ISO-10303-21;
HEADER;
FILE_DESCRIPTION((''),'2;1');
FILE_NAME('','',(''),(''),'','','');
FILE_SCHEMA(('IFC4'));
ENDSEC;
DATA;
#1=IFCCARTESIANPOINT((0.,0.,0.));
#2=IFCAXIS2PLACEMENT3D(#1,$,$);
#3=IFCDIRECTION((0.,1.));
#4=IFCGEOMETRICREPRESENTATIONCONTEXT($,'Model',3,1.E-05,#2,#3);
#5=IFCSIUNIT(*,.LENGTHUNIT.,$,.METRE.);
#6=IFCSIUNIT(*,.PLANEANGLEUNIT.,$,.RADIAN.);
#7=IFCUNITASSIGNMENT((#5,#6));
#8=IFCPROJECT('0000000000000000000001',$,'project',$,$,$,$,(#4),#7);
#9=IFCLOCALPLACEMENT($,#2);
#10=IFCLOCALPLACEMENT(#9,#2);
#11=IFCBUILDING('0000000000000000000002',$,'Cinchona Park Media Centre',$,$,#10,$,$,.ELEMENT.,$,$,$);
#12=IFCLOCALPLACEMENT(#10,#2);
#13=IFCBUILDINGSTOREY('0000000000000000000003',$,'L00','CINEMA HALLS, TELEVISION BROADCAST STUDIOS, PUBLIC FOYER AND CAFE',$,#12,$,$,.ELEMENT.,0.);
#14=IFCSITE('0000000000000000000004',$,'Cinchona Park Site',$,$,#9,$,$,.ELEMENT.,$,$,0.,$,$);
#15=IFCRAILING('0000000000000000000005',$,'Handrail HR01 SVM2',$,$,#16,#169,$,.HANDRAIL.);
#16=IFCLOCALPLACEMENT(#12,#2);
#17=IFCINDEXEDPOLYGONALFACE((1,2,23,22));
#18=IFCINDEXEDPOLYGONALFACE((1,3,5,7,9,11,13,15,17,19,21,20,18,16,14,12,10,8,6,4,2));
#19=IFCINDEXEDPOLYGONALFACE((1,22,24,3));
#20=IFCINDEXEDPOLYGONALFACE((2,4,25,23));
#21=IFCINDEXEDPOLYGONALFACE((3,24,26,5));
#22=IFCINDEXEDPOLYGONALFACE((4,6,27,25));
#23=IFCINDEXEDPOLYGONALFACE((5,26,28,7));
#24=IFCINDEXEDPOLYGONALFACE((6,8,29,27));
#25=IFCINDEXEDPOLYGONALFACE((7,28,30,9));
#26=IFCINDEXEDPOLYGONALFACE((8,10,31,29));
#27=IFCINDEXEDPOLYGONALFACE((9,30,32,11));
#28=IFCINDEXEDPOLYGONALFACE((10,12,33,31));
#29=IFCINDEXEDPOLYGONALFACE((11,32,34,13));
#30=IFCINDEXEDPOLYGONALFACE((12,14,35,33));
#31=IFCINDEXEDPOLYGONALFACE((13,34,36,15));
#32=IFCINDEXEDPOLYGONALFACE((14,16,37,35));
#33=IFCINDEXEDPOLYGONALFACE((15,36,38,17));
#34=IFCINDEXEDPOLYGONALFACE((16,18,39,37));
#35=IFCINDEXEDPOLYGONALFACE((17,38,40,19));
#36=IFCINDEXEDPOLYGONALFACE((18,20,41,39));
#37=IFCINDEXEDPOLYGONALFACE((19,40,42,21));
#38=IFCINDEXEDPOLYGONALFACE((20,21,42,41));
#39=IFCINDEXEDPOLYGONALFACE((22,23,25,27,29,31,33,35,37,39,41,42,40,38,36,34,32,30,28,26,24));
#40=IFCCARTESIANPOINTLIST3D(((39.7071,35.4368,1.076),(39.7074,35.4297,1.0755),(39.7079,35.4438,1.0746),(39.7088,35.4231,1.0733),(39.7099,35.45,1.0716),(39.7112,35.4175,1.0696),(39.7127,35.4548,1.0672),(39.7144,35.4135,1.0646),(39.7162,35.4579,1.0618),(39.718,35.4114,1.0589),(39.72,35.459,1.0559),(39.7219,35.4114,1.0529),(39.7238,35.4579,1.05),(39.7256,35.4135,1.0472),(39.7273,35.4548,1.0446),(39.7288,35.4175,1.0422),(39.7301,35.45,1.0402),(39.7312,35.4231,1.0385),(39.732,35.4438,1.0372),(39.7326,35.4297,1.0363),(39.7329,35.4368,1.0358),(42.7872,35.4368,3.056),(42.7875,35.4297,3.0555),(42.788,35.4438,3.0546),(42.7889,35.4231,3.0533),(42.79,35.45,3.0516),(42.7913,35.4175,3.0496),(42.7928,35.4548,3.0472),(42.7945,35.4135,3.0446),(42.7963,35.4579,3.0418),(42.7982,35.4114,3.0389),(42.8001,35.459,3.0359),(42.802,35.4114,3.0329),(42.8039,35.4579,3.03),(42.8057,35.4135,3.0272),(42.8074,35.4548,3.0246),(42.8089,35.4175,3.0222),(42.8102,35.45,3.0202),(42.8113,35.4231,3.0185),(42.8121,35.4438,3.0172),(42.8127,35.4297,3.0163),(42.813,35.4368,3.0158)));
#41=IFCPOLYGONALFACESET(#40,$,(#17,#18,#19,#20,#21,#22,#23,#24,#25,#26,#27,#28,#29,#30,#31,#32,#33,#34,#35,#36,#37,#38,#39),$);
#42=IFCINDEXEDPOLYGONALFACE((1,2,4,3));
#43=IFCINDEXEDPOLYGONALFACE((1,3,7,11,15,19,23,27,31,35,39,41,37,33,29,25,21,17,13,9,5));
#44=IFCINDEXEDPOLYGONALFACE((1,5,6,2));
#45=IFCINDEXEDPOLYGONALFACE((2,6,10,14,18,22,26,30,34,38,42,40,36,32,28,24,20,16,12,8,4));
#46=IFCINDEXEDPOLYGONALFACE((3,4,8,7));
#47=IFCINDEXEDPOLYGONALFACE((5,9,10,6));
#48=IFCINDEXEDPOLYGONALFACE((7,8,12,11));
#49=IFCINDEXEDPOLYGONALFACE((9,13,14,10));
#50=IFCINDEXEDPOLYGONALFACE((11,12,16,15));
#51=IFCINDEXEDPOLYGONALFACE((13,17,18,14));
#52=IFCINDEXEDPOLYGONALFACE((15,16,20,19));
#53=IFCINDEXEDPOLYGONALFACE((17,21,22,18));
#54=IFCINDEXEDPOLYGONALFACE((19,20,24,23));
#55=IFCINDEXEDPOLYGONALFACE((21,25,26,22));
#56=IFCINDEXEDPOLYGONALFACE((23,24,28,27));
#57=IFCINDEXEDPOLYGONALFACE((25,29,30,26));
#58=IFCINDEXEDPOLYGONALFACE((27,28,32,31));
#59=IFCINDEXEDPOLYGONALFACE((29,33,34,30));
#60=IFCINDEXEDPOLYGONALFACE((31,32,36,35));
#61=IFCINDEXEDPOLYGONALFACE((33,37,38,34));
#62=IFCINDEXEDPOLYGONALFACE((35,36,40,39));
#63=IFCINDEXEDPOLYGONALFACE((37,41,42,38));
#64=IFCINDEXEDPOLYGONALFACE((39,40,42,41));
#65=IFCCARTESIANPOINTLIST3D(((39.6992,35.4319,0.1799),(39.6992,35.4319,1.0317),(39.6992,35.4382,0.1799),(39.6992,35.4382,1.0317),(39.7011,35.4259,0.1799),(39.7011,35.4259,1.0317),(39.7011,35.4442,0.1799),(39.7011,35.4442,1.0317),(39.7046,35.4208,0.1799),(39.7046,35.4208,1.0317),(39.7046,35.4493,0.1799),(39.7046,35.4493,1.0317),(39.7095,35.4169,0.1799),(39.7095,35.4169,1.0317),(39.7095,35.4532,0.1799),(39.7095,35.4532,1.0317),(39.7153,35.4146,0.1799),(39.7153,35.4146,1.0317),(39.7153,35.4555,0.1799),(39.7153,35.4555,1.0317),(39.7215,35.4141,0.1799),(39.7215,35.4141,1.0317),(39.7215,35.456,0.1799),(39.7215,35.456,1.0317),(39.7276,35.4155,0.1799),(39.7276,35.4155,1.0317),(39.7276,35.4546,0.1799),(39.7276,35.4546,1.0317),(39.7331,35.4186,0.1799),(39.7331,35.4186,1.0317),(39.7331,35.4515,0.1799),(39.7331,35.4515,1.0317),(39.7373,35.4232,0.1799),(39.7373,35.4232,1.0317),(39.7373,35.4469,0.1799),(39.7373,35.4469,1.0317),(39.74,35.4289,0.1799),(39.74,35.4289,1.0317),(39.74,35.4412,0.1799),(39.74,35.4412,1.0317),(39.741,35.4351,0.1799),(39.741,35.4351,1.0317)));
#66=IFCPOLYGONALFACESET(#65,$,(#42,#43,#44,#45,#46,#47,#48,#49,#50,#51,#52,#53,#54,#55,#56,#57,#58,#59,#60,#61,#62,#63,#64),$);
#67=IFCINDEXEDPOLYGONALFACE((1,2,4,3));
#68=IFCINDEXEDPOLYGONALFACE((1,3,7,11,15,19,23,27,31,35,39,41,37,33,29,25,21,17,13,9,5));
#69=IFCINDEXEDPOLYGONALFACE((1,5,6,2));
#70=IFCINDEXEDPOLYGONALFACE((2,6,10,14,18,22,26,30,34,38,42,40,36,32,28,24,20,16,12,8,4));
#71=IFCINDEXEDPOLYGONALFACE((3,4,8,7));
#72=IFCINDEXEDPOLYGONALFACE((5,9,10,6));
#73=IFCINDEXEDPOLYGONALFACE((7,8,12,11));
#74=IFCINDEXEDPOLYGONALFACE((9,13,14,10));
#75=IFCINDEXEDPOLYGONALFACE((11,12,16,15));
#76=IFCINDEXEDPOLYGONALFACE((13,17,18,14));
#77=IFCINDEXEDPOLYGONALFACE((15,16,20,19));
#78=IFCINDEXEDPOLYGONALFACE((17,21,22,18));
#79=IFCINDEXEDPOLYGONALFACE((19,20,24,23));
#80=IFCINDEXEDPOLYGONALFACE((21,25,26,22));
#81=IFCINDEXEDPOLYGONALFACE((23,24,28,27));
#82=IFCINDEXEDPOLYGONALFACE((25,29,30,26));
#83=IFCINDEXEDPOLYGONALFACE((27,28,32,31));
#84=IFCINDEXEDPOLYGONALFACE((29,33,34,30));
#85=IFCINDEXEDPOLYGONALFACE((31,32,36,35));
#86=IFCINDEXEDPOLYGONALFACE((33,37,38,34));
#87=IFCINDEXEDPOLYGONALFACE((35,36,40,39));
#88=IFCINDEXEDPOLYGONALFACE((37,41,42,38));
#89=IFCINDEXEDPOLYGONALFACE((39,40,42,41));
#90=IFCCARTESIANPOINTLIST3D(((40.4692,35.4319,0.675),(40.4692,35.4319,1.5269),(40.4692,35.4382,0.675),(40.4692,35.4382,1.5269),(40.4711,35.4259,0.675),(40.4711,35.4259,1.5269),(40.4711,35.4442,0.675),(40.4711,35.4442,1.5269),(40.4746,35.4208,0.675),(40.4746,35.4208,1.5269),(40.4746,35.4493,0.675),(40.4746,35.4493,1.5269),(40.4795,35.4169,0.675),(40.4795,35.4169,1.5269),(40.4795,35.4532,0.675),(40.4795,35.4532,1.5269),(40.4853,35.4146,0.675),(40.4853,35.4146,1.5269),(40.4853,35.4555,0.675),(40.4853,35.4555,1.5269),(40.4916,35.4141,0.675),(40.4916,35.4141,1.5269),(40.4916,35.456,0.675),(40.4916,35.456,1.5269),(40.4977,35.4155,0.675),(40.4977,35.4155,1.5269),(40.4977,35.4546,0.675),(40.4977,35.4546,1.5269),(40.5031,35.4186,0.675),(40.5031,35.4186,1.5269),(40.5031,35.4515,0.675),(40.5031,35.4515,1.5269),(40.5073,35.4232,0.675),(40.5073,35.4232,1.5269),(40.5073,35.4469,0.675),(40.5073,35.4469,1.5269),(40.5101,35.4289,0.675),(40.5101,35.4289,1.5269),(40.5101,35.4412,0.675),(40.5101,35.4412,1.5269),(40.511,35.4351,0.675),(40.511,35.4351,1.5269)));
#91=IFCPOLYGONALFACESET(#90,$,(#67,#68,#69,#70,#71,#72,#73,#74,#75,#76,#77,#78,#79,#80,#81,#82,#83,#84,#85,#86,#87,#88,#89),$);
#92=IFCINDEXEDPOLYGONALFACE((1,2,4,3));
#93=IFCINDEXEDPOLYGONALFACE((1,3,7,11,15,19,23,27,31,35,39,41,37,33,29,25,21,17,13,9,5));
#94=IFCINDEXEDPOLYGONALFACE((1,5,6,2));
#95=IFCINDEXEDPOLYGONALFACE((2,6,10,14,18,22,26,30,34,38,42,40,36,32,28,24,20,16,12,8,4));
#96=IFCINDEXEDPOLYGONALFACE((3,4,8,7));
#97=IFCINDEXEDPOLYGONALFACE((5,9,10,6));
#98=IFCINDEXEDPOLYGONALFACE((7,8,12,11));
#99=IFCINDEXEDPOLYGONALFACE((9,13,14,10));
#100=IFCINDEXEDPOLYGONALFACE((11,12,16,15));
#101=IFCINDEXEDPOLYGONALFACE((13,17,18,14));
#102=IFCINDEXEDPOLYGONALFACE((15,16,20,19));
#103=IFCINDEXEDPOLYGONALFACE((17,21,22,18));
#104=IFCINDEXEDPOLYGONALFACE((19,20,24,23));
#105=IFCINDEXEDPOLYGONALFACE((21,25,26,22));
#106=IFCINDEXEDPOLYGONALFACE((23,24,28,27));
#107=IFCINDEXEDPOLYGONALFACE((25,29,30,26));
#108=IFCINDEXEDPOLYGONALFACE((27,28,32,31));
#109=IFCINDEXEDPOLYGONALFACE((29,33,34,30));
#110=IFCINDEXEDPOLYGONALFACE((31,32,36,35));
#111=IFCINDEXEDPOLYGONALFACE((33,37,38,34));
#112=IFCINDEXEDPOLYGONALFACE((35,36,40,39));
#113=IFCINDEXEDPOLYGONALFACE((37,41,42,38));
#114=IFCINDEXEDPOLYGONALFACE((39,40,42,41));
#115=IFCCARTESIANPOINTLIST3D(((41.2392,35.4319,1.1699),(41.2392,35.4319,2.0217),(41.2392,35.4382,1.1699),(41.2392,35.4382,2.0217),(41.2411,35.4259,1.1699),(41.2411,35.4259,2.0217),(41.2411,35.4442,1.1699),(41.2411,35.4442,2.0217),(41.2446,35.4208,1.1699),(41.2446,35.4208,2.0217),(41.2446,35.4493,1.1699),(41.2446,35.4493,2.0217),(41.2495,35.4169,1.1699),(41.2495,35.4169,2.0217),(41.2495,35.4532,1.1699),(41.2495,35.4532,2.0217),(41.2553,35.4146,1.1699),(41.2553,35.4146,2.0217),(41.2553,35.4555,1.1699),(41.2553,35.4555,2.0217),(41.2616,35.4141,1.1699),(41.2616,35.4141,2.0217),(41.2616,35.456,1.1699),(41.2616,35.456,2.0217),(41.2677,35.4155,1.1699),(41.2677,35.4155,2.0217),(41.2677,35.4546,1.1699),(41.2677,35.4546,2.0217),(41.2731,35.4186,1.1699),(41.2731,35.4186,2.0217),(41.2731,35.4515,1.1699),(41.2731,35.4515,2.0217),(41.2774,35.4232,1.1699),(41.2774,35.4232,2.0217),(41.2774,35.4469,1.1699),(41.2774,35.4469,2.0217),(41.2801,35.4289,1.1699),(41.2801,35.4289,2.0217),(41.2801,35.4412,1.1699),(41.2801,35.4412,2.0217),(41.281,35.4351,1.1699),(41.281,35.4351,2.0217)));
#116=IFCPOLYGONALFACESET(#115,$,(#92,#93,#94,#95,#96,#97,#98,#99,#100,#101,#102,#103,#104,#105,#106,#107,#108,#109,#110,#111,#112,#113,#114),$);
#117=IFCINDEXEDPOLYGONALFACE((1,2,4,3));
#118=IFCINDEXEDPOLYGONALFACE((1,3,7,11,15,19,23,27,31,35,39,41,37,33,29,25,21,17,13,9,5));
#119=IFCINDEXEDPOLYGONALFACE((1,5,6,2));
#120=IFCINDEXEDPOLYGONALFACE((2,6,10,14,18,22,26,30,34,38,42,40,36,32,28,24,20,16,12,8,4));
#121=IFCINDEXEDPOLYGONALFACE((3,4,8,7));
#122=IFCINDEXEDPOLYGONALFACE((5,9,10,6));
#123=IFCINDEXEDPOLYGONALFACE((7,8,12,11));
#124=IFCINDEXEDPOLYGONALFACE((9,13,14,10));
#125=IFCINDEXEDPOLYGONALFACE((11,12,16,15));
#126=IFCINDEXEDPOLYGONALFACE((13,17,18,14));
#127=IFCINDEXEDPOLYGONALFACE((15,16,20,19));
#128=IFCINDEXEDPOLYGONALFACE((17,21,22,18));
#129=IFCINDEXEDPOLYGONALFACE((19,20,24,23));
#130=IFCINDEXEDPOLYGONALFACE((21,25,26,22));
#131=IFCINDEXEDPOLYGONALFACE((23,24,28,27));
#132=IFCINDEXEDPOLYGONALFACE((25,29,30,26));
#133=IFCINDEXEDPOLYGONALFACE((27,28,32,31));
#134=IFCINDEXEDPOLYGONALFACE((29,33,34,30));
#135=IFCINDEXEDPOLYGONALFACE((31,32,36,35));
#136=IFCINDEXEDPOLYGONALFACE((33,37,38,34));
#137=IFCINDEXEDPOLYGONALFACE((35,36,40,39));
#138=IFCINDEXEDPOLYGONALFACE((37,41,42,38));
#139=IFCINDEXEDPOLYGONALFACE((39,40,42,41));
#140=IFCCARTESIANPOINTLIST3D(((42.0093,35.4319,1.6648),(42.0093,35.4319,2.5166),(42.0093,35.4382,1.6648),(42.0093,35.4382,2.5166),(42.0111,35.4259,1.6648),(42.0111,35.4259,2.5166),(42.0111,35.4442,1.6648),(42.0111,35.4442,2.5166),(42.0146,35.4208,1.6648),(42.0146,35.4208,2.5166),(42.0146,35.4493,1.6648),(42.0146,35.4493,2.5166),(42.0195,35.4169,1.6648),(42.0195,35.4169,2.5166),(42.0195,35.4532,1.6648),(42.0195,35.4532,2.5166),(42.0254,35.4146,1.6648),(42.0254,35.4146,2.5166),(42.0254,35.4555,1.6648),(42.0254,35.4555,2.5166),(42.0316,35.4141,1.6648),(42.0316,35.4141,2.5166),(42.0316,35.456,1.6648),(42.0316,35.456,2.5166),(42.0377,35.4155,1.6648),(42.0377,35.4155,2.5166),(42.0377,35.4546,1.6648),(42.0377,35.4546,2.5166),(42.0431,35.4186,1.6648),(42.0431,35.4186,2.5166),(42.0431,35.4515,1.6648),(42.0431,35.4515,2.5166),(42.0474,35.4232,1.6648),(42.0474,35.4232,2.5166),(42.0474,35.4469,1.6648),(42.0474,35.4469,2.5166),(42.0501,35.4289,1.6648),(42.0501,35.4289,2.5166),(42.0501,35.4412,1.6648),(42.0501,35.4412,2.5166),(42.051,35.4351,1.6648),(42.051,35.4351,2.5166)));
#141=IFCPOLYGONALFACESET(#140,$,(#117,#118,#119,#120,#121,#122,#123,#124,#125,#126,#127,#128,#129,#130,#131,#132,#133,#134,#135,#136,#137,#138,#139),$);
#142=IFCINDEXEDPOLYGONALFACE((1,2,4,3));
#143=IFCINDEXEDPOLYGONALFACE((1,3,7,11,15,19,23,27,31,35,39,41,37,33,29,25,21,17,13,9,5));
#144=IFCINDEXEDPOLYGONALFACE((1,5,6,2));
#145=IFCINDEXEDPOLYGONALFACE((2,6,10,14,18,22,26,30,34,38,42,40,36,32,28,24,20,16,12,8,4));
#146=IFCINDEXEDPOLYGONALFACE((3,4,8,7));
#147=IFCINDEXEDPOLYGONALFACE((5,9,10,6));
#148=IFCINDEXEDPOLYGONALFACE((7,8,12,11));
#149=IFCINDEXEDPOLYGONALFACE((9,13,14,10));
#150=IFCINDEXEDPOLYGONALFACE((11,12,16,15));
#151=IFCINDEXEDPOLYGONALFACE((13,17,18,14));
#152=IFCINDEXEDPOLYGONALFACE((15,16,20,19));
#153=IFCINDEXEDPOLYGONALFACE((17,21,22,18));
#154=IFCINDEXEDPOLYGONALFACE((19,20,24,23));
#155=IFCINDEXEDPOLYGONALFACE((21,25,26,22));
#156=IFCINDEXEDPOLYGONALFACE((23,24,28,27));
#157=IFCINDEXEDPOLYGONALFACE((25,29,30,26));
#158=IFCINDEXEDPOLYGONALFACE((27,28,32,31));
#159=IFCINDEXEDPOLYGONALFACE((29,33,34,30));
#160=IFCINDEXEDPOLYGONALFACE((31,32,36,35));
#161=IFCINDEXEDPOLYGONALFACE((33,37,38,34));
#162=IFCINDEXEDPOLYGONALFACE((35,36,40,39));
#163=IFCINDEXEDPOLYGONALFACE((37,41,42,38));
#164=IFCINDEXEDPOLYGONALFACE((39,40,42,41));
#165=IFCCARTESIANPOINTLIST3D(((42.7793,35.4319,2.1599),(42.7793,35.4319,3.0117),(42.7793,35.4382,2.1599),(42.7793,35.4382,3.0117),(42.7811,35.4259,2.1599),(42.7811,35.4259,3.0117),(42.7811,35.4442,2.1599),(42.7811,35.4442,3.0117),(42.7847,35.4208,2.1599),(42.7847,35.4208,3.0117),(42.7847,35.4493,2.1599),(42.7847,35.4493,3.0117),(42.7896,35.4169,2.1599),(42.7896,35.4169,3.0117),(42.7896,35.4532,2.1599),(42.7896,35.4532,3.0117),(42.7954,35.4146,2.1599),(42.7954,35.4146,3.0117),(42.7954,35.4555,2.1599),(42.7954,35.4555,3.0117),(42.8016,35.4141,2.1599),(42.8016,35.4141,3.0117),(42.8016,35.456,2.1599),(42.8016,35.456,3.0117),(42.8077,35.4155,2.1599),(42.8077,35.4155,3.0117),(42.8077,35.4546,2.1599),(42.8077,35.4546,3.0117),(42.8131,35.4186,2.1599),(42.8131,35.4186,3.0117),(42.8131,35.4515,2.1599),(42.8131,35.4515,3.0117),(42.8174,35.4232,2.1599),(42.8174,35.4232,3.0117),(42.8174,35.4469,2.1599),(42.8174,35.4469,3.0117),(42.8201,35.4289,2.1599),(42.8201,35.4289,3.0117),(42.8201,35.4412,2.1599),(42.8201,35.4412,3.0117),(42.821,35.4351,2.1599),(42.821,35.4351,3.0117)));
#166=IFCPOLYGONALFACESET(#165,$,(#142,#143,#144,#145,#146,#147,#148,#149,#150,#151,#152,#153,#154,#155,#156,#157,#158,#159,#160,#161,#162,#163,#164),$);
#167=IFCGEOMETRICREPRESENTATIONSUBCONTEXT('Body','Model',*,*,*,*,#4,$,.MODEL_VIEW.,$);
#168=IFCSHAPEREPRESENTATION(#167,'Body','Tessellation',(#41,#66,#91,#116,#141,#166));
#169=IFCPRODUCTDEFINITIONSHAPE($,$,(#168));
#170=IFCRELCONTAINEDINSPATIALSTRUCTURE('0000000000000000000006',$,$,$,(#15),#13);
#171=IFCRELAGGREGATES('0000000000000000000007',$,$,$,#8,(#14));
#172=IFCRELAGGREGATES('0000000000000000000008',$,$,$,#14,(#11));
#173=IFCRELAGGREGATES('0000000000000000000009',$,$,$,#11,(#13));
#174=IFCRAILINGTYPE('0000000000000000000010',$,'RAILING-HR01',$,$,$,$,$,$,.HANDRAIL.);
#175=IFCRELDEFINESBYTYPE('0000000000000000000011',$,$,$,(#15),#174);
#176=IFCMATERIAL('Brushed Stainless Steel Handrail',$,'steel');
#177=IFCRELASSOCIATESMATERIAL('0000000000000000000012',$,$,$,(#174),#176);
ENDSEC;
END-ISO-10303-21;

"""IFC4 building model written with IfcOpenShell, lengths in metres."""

from ifc_helpers import new_model, si_unit, direction, frame, origin, origin_2d, place, context, subcontext, project, spatial, circle, extrude, material, type_object, element, save


model = new_model("IFC4")

# Units and contexts
model_context = context("Model", 3, precision=1e-05, world=origin(), true_north=direction((0.0, 1.0)))
body_context = subcontext(model_context, "Body", "Model", "MODEL_VIEW")
ifc_project = project(units=[si_unit("LENGTHUNIT", "METRE"), si_unit("PLANEANGLEUNIT", "RADIAN")], contexts=[model_context])

# Site, building, storey
site_placement = place(None, origin())
site = spatial("IfcSite", under=ifc_project, at=site_placement, Name="Cinchona Park Site", CompositionType="ELEMENT", RefElevation=0.0)
building_placement = place(site_placement, origin())
building = spatial("IfcBuilding", under=site, at=building_placement, Name="Cinchona Park Media Centre", CompositionType="ELEMENT")
storey_placement = place(building_placement, origin())
storey = spatial("IfcBuildingStorey", under=building, at=storey_placement, Name="L00", Description="CINEMA HALLS, TELEVISION BROADCAST STUDIOS, PUBLIC FOYER AND CAFE", CompositionType="ELEMENT", Elevation=0.0)

# Railing
ifc_material_1 = material(Name="Brushed Stainless Steel Handrail", Category="steel")
railing_type_1 = type_object("IfcRailingType", Name="RAILING-HR01", PredefinedType="HANDRAIL", material=ifc_material_1)
railing_1_placement = place(storey_placement, frame((39.72, 35.4351, 0.1799)))
element("IfcRailing", 1, at=railing_1_placement, inside=storey, type_object=railing_type_1, Name="Handrail HR01 SVM2", PredefinedType="HANDRAIL", context=body_context, shape_type="SweptSolid", body=[
    extrude(circle(Radius=0.0239, at=origin_2d()), frame((0.0, 0.0, 0.876), z_axis=(0.841187, 0.0, 0.540744), x_axis=(0.0, 1.0, 0.0)), (0.0, 0.0, 1.0), 3.6616),
    extrude(circle(Radius=0.021, at=origin_2d()), origin(), (0.0, 0.0, 1.0), 0.8518),
    extrude(circle(Radius=0.021, at=origin_2d()), frame((0.77, 0.0, 0.4951)), (0.0, 0.0, 1.0), 0.8518),
    extrude(circle(Radius=0.021, at=origin_2d()), frame((1.54, 0.0, 0.99)), (0.0, 0.0, 1.0), 0.8518),
    extrude(circle(Radius=0.021, at=origin_2d()), frame((2.3101, 0.0, 1.4849)), (0.0, 0.0, 1.0), 0.8518),
    extrude(circle(Radius=0.021, at=origin_2d()), frame((3.0801, 0.0, 1.98)), (0.0, 0.0, 1.0), 0.8518),
])

save(model, "model.ifc")
